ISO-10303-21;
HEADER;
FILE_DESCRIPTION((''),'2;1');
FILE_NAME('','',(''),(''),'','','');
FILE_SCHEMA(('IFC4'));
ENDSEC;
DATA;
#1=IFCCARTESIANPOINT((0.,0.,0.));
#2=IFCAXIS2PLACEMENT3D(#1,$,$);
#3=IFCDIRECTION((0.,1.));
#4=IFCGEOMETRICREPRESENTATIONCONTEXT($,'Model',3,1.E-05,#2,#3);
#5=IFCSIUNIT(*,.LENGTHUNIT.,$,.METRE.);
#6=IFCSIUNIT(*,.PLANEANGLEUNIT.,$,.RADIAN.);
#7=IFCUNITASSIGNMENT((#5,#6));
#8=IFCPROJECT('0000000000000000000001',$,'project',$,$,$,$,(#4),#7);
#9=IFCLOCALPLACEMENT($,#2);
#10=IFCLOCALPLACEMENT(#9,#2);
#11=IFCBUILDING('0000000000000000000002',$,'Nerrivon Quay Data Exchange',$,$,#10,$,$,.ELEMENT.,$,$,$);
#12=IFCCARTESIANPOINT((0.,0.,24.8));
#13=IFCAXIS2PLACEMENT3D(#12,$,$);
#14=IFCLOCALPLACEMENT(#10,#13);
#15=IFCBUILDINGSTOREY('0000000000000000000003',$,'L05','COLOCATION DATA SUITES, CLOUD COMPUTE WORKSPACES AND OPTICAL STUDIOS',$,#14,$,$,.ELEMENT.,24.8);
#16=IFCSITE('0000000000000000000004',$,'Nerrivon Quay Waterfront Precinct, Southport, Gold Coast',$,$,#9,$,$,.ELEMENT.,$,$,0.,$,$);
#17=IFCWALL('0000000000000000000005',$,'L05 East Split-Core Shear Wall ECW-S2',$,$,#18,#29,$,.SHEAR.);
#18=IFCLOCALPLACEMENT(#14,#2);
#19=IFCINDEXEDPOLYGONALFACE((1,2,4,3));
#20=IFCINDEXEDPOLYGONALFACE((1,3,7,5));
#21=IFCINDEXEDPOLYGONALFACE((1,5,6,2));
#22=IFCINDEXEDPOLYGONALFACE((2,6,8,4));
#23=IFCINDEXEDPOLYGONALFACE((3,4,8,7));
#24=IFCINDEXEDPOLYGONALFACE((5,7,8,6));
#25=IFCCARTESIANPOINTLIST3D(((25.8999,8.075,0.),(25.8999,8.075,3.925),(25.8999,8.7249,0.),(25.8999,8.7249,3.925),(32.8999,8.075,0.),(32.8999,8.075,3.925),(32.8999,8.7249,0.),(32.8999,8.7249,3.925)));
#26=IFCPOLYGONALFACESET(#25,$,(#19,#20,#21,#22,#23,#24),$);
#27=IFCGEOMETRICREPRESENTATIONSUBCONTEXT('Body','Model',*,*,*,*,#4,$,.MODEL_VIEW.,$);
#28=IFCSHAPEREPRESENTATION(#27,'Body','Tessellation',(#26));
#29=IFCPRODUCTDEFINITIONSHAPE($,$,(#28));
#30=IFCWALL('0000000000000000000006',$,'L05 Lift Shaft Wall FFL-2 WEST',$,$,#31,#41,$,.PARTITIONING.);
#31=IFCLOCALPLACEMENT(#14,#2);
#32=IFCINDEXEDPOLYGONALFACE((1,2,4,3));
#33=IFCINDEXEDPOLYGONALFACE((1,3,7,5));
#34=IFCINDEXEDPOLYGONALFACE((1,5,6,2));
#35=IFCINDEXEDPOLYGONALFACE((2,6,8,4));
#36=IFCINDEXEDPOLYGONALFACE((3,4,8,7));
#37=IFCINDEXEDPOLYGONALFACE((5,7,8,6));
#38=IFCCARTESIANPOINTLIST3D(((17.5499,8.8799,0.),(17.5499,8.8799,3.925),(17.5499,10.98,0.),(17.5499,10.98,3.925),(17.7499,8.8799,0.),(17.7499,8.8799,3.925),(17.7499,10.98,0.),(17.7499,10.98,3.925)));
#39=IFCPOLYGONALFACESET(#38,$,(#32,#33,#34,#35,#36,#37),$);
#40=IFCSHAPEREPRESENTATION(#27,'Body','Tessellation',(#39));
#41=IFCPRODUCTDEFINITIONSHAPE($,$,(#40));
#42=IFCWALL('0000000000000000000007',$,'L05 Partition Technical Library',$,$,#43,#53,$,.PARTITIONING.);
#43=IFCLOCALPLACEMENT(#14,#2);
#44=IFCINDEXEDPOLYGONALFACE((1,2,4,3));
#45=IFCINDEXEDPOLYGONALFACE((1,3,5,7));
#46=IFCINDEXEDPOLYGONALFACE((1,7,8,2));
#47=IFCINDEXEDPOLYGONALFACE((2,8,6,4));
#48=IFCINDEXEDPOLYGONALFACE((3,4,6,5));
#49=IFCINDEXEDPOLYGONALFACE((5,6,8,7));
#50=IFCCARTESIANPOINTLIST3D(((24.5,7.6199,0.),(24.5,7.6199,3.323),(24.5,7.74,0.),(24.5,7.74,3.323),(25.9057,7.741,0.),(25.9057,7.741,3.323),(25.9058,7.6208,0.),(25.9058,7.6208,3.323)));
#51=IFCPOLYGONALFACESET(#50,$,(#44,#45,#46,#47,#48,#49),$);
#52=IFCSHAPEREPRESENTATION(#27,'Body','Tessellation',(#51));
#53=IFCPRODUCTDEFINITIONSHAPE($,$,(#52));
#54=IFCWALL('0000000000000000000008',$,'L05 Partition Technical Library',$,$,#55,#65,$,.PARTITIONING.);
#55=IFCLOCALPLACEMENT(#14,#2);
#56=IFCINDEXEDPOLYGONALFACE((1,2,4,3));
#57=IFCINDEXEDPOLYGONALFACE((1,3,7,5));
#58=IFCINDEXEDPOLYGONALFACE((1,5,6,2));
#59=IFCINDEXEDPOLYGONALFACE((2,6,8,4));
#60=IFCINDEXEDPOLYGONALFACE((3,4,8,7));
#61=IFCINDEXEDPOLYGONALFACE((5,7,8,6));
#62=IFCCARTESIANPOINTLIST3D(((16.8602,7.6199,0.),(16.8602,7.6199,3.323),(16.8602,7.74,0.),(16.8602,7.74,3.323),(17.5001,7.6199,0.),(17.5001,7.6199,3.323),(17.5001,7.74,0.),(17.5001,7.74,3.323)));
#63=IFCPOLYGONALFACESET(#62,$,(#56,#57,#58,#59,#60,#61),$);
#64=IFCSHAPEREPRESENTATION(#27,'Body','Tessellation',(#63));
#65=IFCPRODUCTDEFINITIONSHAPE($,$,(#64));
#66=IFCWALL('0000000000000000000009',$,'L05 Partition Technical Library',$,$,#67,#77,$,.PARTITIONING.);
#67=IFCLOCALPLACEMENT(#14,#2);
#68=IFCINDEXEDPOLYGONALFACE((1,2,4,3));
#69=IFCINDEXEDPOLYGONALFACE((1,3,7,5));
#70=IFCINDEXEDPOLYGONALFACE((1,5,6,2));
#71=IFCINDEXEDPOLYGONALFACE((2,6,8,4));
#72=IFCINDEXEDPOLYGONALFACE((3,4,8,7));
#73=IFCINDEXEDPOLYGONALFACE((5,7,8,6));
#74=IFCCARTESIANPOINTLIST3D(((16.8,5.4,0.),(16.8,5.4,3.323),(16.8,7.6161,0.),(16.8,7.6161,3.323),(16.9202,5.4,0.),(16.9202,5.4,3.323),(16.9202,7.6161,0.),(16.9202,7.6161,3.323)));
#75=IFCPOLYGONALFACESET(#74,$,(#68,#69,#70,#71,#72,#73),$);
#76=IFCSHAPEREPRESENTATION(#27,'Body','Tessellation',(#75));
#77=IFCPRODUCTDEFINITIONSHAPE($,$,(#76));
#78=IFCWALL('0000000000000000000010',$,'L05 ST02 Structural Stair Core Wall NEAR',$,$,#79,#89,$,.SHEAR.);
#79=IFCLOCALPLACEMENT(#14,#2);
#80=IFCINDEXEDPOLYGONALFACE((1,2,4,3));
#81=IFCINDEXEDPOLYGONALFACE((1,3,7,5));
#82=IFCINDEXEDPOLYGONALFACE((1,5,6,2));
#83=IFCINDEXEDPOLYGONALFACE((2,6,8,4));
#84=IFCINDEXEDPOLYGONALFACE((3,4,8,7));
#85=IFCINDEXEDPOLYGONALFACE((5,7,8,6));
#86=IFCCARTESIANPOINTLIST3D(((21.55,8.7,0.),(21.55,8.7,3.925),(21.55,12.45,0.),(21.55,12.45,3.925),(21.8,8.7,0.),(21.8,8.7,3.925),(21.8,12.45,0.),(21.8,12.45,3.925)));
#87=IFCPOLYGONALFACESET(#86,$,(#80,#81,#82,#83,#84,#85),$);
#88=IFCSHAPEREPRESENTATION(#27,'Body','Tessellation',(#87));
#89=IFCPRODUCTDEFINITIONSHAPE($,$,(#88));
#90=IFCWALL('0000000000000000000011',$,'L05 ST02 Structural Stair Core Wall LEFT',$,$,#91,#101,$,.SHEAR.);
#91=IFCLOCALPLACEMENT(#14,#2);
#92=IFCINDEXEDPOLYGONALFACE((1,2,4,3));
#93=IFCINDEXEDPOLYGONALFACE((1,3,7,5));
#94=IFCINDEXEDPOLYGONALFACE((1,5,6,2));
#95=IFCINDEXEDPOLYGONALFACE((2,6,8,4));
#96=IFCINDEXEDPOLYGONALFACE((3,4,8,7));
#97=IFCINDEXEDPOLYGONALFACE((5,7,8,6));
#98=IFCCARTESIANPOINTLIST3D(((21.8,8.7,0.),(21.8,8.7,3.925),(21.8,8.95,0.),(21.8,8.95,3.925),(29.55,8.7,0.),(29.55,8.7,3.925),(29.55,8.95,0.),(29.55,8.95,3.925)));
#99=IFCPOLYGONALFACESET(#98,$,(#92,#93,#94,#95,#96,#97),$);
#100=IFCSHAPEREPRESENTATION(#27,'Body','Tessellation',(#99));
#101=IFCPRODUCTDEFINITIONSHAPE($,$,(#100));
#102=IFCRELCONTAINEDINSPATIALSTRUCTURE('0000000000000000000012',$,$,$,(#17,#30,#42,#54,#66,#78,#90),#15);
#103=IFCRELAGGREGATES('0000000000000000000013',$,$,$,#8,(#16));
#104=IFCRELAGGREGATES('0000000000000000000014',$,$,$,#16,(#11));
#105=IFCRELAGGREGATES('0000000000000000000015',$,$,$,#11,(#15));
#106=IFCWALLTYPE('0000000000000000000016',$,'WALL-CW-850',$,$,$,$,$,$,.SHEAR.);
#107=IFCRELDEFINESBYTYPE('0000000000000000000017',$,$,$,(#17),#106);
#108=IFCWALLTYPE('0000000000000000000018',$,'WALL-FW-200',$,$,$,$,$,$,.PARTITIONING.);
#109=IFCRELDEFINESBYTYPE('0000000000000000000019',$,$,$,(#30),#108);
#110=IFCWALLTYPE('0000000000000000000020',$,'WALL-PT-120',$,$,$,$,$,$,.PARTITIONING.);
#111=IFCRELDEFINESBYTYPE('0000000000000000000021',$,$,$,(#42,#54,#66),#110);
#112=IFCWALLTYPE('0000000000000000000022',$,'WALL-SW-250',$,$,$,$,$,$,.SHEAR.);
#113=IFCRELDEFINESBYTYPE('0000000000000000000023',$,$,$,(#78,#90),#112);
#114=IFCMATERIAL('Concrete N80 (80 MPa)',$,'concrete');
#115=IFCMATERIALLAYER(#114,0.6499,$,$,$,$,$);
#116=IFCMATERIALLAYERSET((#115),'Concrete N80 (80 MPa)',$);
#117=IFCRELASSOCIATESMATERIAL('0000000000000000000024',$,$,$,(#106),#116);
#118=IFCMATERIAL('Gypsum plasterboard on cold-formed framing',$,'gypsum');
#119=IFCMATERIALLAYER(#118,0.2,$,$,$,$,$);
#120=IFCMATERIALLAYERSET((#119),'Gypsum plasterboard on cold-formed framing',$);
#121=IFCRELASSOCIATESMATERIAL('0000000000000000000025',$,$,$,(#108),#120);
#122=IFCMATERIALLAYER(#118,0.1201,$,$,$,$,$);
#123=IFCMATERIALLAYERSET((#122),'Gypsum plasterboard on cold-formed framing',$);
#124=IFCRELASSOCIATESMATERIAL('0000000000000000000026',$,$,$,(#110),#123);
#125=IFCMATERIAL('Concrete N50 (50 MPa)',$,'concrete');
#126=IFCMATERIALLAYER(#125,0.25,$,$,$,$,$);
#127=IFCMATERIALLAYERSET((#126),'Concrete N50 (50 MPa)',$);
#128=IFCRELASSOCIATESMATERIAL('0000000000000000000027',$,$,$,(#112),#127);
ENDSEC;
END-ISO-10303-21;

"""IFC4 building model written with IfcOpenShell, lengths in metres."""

from ifc_helpers import new_model, si_unit, direction, frame, frame_2d, origin, place, context, subcontext, project, spatial, rectangle, extrude, material, layer, layer_set, type_object, element, save


model = new_model("IFC4")

# Units and contexts
model_context = context("Model", 3, precision=1e-05, world=origin(), true_north=direction((0.0, 1.0)))
body_context = subcontext(model_context, "Body", "Model", "MODEL_VIEW")
ifc_project = project(units=[si_unit("LENGTHUNIT", "METRE"), si_unit("PLANEANGLEUNIT", "RADIAN")], contexts=[model_context])

# Site, building, storey
site_placement = place(None, origin())
site = spatial("IfcSite", under=ifc_project, at=site_placement, Name="Nerrivon Quay Waterfront Precinct, Southport, Gold Coast", CompositionType="ELEMENT", RefElevation=0.0)
building_placement = place(site_placement, origin())
building = spatial("IfcBuilding", under=site, at=building_placement, Name="Nerrivon Quay Data Exchange", CompositionType="ELEMENT")
storey_placement = place(building_placement, frame((0.0, 0.0, 24.8)))
storey = spatial("IfcBuildingStorey", under=building, at=storey_placement, Name="L05", Description="COLOCATION DATA SUITES, CLOUD COMPUTE WORKSPACES AND OPTICAL STUDIOS", CompositionType="ELEMENT", Elevation=24.8)

# Shared definitions
ifc_material_1 = material(Name="Concrete N80 (80 MPa)", Category="concrete")
ifc_material_2 = material(Name="Concrete N50 (50 MPa)", Category="concrete")

# Walls
ifc_layer_1 = layer(ifc_material_1, 0.6499)
ifc_layer_set_1 = layer_set([ifc_layer_1], Name="Concrete N80 (80 MPa)")
wall_type_1 = type_object("IfcWallType", Name="WALL-CW-850", PredefinedType="SHEAR", material=ifc_layer_set_1)
for number, where, z_axis, x_axis, name in (
    (1, (25.8999, 8.3999, 0.0), (0.0, 0.0, 1.0), (1.0, 0.0, 0.0), "L05 East Split-Core Shear Wall ECW-S2"),
):
    element("IfcWall", number, at=place(storey_placement, frame(where, z_axis=z_axis, x_axis=x_axis)), inside=storey, type_object=wall_type_1, Name=name, PredefinedType="SHEAR", context=body_context, shape_type="SweptSolid", body=[
        extrude(rectangle(XDim=7.0, YDim=0.6499, at=frame_2d((3.5, 0.0))), origin(), (0.0, 0.0, 1.0), 3.925),
    ])
ifc_material_3 = material(Name="Gypsum plasterboard on cold-formed framing", Category="gypsum")
ifc_layer_2 = layer(ifc_material_3, 0.2)
ifc_layer_set_2 = layer_set([ifc_layer_2], Name="Gypsum plasterboard on cold-formed framing")
wall_type_2 = type_object("IfcWallType", Name="WALL-FW-200", PredefinedType="PARTITIONING", material=ifc_layer_set_2)
wall_1_placement = place(storey_placement, frame((17.6499, 8.8799, 0.0), z_axis=(0.0, 0.0, 1.0), x_axis=(0.0, 1.0, 0.0)))
element("IfcWall", 2, at=wall_1_placement, inside=storey, type_object=wall_type_2, Name="L05 Lift Shaft Wall FFL-2 WEST", PredefinedType="PARTITIONING", context=body_context, shape_type="SweptSolid", body=[
    extrude(rectangle(XDim=2.1001, YDim=0.2, at=frame_2d((1.05, 0.0))), origin(), (0.0, 0.0, 1.0), 3.925),
])
ifc_layer_3 = layer(ifc_material_3, 0.1201)
ifc_layer_set_3 = layer_set([ifc_layer_3], Name="Gypsum plasterboard on cold-formed framing")
wall_type_3 = type_object("IfcWallType", Name="WALL-PT-120", PredefinedType="PARTITIONING", material=ifc_layer_set_3)
wall_2_placement = place(storey_placement, frame((25.9058, 7.6809, 0.0), z_axis=(0.0, 0.0, 1.0), x_axis=(-1.0, -0.000695, 0.0)))
element("IfcWall", 3, at=wall_2_placement, inside=storey, type_object=wall_type_3, Name="L05 Partition Technical Library", PredefinedType="PARTITIONING", context=body_context, shape_type="SweptSolid", body=[
    extrude(rectangle(XDim=1.4058, YDim=0.1201, at=frame_2d((0.7029, 0.0))), origin(), (0.0, 0.0, 1.0), 3.323),
])
wall_3_placement = place(storey_placement, frame((17.5, 7.6799, 0.0), z_axis=(0.0, 0.0, 1.0), x_axis=(-1.0, 0.0, 0.0)))
element("IfcWall", 4, at=wall_3_placement, inside=storey, type_object=wall_type_3, Name="L05 Partition Technical Library", PredefinedType="PARTITIONING", context=body_context, shape_type="SweptSolid", body=[
    extrude(rectangle(XDim=0.6399, YDim=0.1201, at=frame_2d((0.3198, 0.0))), origin(), (0.0, 0.0, 1.0), 3.323),
])
wall_4_placement = place(storey_placement, frame((16.8601, 7.616, 0.0), z_axis=(0.0, 0.0, 1.0), x_axis=(0.0, -1.0, 0.0)))
element("IfcWall", 5, at=wall_4_placement, inside=storey, type_object=wall_type_3, Name="L05 Partition Technical Library", PredefinedType="PARTITIONING", context=body_context, shape_type="SweptSolid", body=[
    extrude(rectangle(XDim=2.2161, YDim=0.1201, at=frame_2d((1.1079, 0.0))), origin(), (0.0, 0.0, 1.0), 3.323),
])
ifc_layer_4 = layer(ifc_material_2, 0.25)
ifc_layer_set_4 = layer_set([ifc_layer_4], Name="Concrete N50 (50 MPa)")
wall_type_4 = type_object("IfcWallType", Name="WALL-SW-250", PredefinedType="SHEAR", material=ifc_layer_set_4)
wall_5_placement = place(storey_placement, frame((21.675, 8.7, 0.0), z_axis=(0.0, 0.0, 1.0), x_axis=(0.0, 1.0, 0.0)))
element("IfcWall", 6, at=wall_5_placement, inside=storey, type_object=wall_type_4, Name="L05 ST02 Structural Stair Core Wall NEAR", PredefinedType="SHEAR", context=body_context, shape_type="SweptSolid", body=[
    extrude(rectangle(XDim=3.75, YDim=0.25, at=frame_2d((1.875, 0.0))), origin(), (0.0, 0.0, 1.0), 3.925),
])
wall_6_placement = place(storey_placement, frame((21.8, 8.825, 0.0), z_axis=(0.0, 0.0, 1.0), x_axis=(1.0, 0.0, 0.0)))
element("IfcWall", 7, at=wall_6_placement, inside=storey, type_object=wall_type_4, Name="L05 ST02 Structural Stair Core Wall LEFT", PredefinedType="SHEAR", context=body_context, shape_type="SweptSolid", body=[
    extrude(rectangle(XDim=7.75, YDim=0.25, at=frame_2d((3.875, 0.0))), origin(), (0.0, 0.0, 1.0), 3.925),
])

save(model, "model.ifc")
